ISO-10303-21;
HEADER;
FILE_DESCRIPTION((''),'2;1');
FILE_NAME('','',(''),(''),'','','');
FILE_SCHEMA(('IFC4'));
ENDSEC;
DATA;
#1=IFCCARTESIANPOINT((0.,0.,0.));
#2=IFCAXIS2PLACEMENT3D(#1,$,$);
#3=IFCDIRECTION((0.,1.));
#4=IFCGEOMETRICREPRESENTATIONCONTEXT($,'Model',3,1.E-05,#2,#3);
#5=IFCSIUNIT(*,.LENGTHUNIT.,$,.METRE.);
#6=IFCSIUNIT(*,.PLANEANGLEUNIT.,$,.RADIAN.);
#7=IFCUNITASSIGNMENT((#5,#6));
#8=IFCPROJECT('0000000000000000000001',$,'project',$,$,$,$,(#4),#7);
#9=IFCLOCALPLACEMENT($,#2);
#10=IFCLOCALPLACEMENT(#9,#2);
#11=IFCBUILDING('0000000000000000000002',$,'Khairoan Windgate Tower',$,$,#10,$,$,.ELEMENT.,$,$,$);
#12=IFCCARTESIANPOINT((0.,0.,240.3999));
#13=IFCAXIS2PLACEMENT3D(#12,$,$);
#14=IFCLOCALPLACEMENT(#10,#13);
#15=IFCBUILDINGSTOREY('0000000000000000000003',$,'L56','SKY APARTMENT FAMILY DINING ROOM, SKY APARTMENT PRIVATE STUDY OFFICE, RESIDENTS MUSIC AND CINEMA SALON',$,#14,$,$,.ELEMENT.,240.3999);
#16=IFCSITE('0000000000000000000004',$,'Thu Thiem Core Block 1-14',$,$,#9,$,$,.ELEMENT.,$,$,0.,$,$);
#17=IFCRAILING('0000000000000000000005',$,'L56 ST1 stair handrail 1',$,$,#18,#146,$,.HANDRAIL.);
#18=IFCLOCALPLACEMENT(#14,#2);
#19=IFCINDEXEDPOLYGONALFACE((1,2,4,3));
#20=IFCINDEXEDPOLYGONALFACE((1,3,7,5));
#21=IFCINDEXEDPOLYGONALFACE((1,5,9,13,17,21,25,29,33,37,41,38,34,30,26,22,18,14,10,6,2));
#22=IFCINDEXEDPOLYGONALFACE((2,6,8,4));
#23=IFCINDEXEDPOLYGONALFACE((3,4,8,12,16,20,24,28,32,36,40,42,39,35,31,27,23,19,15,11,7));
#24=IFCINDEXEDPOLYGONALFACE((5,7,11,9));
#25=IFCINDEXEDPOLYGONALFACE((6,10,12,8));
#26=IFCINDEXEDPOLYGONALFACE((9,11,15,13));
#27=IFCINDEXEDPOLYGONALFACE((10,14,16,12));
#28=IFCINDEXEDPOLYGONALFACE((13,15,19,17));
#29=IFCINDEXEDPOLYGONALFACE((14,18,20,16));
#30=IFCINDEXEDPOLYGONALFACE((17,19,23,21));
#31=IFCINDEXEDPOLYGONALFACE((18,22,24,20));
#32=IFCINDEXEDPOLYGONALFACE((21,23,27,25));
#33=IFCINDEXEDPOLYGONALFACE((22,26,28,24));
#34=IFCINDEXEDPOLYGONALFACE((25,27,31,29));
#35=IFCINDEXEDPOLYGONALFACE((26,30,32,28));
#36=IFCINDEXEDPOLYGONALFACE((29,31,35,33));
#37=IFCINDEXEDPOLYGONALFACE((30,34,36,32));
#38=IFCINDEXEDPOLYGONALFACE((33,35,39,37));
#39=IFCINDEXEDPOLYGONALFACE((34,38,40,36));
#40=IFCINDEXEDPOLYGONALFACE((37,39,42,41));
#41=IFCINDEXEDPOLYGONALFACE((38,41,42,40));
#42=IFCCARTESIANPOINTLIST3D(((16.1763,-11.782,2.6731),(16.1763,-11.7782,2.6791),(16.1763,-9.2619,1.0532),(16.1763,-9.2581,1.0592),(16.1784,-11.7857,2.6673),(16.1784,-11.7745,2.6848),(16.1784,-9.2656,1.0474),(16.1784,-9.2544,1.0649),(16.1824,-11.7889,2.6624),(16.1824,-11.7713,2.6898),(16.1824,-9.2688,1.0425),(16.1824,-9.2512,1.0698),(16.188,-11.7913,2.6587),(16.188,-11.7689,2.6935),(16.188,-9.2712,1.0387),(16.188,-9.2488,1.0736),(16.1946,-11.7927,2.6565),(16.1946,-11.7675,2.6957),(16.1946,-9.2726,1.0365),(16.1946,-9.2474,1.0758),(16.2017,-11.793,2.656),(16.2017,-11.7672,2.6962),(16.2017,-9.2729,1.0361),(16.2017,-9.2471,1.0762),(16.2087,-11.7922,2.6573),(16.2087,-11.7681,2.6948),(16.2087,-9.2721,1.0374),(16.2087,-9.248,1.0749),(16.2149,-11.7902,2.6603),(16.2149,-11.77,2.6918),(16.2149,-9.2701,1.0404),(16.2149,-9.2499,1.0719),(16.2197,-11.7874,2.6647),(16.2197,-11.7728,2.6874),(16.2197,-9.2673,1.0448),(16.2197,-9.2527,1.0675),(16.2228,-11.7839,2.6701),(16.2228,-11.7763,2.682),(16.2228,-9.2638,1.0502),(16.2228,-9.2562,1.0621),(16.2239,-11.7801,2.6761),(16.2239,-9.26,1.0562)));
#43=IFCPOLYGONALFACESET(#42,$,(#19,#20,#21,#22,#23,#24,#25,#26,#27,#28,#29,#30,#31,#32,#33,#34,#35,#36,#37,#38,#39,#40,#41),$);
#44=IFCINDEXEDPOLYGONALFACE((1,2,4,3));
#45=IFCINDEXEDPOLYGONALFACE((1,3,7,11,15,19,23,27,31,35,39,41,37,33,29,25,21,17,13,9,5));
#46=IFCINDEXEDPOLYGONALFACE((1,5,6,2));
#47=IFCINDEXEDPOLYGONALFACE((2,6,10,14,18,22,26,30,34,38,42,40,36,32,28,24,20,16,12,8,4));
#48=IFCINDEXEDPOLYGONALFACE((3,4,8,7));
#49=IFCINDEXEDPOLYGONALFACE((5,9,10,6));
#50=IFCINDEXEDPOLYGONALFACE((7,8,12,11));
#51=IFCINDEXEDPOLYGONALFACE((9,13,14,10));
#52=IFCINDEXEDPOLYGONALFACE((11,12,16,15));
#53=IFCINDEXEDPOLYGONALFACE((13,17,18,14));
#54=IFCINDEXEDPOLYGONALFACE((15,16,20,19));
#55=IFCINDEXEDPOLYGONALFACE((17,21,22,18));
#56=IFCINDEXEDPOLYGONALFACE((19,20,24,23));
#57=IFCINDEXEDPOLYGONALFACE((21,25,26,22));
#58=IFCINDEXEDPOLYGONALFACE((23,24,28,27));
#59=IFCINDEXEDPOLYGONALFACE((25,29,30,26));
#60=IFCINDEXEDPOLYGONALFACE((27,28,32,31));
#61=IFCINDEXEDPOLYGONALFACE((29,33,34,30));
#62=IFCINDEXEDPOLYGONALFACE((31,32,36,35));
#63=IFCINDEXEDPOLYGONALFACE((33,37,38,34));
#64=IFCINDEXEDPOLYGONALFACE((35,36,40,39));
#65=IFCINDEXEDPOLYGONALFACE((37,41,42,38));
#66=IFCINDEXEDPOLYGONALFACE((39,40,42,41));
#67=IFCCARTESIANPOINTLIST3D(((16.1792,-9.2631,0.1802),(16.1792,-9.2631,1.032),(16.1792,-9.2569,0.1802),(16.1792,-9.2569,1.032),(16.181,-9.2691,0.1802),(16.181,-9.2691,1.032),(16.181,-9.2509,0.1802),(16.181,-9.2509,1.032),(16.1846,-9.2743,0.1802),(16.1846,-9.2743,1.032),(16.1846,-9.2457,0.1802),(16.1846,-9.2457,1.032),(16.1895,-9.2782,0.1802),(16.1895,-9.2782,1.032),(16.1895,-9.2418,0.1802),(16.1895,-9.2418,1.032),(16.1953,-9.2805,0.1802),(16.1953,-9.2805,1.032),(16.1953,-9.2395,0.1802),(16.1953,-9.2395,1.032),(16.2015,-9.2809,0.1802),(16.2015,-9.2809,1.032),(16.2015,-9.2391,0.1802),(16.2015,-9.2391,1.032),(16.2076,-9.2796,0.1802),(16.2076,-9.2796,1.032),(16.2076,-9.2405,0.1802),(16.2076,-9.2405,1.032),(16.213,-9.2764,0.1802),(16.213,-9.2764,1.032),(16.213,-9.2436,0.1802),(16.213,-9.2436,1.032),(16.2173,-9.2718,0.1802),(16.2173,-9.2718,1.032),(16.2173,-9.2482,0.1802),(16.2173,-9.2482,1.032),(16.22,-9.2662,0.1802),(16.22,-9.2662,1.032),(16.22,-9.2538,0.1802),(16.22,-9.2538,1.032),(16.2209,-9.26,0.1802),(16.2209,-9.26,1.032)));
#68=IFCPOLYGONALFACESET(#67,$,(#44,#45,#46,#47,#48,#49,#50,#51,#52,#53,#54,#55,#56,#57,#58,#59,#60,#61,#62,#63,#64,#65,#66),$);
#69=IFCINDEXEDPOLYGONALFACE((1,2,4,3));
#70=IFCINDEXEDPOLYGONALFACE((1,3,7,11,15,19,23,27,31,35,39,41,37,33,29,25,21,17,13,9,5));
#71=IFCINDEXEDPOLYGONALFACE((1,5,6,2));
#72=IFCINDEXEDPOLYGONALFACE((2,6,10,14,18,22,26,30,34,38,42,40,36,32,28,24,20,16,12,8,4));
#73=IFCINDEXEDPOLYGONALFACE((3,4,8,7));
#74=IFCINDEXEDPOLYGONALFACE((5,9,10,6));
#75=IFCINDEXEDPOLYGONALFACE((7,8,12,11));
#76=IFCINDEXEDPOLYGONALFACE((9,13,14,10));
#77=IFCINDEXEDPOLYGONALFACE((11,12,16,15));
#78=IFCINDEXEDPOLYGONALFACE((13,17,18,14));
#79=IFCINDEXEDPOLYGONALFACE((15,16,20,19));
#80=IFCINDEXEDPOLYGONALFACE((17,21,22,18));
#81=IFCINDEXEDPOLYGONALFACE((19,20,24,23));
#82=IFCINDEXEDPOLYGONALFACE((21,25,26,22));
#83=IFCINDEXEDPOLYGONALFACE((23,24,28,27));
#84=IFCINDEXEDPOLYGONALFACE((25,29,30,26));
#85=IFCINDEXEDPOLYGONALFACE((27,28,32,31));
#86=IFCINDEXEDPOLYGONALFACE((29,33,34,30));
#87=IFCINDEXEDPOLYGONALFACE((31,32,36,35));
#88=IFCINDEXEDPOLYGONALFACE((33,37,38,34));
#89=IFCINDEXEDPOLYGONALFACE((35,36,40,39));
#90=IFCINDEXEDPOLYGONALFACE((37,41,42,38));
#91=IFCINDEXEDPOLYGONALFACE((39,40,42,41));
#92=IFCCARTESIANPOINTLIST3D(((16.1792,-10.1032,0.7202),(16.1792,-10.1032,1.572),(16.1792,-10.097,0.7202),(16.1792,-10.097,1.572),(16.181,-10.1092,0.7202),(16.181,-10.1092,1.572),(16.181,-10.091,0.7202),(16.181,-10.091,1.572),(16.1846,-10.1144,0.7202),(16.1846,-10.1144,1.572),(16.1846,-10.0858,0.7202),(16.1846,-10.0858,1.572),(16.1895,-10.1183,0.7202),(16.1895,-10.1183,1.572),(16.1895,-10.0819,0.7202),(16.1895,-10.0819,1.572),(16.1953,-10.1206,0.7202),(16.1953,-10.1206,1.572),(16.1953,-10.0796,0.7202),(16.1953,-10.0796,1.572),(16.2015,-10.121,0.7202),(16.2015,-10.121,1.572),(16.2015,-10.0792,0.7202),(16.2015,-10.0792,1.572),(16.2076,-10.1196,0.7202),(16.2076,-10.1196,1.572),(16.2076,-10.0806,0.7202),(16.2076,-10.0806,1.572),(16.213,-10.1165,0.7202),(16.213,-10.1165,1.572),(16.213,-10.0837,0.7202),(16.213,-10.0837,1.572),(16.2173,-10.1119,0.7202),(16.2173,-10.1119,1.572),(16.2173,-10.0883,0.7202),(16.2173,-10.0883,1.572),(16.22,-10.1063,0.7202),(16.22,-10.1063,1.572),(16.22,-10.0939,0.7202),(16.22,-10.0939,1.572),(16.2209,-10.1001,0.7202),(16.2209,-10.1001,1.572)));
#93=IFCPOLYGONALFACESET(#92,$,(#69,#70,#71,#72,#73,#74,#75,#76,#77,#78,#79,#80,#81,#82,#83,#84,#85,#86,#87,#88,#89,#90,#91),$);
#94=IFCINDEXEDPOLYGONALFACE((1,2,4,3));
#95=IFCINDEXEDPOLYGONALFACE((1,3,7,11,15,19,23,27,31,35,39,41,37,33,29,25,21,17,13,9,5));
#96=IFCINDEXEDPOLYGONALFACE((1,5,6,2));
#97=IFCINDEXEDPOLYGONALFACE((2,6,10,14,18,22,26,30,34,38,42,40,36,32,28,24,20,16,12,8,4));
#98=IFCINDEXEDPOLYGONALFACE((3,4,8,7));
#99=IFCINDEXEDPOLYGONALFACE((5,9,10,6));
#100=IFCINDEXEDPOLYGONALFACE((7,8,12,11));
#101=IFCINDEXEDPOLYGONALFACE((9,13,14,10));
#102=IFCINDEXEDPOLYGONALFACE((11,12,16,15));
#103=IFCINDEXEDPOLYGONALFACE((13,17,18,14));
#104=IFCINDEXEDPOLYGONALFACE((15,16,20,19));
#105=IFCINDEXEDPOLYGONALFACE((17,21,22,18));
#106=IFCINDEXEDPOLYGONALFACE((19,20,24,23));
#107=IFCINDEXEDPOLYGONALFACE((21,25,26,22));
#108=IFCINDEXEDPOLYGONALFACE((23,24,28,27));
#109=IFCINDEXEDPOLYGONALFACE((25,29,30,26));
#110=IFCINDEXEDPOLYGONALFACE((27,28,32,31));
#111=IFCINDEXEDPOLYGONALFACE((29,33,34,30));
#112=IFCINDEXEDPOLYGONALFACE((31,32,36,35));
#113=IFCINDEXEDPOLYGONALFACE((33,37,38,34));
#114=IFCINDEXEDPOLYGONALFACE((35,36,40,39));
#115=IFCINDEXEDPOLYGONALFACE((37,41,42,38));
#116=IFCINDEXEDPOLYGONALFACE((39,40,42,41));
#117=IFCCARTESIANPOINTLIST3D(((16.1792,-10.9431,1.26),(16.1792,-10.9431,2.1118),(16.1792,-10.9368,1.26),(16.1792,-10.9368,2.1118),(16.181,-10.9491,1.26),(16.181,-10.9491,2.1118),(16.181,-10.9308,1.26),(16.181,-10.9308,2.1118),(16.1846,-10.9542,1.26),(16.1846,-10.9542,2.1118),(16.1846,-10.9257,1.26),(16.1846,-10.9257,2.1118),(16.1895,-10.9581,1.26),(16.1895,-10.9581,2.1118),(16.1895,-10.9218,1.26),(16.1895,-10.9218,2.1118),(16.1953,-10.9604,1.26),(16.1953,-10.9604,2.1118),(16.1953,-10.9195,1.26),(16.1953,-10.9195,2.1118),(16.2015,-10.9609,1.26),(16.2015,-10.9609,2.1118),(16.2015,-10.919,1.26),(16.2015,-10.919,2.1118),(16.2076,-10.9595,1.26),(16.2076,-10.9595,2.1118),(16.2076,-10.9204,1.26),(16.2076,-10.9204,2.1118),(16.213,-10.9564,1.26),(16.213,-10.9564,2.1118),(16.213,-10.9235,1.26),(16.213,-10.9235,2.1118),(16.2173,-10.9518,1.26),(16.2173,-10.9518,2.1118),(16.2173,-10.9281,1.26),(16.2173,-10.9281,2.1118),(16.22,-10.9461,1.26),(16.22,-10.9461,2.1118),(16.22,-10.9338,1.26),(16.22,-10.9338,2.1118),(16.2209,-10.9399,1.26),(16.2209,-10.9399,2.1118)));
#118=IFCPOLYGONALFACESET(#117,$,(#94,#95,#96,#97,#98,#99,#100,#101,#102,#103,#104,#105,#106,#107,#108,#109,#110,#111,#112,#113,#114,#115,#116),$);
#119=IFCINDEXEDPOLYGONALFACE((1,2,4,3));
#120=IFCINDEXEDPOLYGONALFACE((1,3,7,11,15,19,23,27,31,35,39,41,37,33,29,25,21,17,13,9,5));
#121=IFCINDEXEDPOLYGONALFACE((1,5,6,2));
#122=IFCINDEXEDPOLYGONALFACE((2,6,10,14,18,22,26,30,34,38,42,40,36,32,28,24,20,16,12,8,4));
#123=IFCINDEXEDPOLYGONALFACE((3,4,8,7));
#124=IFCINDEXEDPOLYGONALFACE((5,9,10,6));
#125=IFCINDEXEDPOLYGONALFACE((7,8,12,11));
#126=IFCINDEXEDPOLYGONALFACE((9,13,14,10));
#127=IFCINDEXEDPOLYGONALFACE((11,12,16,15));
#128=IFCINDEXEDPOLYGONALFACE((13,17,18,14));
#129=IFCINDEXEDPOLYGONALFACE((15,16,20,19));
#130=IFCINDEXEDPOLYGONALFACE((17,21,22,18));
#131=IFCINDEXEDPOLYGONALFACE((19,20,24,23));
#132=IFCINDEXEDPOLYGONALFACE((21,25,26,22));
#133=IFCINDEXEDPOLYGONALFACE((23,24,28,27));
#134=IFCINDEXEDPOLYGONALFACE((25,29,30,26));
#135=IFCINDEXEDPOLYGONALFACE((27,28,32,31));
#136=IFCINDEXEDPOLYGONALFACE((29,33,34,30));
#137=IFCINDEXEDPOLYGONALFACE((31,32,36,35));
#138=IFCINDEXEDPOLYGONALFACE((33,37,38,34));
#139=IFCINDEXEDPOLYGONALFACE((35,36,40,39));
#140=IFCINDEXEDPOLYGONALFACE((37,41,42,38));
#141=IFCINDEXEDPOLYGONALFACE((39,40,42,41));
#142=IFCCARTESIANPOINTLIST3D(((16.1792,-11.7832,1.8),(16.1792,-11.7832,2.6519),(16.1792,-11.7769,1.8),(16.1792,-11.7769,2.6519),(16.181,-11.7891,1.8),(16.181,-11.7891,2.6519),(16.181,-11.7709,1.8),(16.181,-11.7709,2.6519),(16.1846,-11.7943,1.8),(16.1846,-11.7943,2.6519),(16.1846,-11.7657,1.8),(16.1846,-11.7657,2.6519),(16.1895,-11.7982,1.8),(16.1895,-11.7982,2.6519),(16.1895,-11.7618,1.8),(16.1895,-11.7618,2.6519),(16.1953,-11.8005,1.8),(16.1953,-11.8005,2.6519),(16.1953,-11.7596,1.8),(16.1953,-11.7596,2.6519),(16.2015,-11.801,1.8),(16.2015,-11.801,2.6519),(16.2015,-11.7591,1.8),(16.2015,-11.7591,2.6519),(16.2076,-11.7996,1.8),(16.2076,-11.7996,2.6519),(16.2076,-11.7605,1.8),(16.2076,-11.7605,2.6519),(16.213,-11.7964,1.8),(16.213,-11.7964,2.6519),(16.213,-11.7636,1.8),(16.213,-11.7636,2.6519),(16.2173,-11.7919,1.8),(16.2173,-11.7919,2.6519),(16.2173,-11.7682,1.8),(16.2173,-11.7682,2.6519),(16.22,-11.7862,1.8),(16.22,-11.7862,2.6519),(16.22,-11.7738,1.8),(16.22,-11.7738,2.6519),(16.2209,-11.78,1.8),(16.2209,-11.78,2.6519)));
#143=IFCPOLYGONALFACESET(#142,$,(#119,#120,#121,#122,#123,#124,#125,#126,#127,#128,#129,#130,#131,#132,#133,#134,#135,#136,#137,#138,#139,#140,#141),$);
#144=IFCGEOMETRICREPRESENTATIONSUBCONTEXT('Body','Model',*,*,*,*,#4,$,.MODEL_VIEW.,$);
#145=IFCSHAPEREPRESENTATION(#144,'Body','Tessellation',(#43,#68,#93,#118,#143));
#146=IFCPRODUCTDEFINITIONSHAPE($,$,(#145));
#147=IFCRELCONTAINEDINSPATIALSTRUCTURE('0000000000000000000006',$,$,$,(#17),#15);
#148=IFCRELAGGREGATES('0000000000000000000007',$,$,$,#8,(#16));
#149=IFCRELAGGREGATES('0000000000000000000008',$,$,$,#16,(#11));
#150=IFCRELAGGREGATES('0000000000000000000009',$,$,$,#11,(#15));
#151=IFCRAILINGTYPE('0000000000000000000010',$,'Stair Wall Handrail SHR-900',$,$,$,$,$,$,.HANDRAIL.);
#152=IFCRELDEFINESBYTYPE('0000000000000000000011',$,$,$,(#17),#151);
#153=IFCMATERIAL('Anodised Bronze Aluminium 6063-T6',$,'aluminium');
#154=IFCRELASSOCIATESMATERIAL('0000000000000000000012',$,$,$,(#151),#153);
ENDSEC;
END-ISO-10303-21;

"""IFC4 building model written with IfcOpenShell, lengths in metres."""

from ifc_helpers import new_model, si_unit, direction, frame, origin, origin_2d, place, context, subcontext, project, spatial, circle, extrude, material, type_object, element, save


model = new_model("IFC4")

# Units and contexts
model_context = context("Model", 3, precision=1e-05, world=origin(), true_north=direction((0.0, 1.0)))
body_context = subcontext(model_context, "Body", "Model", "MODEL_VIEW")
ifc_project = project(units=[si_unit("LENGTHUNIT", "METRE"), si_unit("PLANEANGLEUNIT", "RADIAN")], contexts=[model_context])

# Site, building, storey
site_placement = place(None, origin())
site = spatial("IfcSite", under=ifc_project, at=site_placement, Name="Thu Thiem Core Block 1-14", CompositionType="ELEMENT", RefElevation=0.0)
building_placement = place(site_placement, origin())
building = spatial("IfcBuilding", under=site, at=building_placement, Name="Khairoan Windgate Tower", CompositionType="ELEMENT")
storey_placement = place(building_placement, frame((0.0, 0.0, 240.3999)))
storey = spatial("IfcBuildingStorey", under=building, at=storey_placement, Name="L56", Description="SKY APARTMENT FAMILY DINING ROOM, SKY APARTMENT PRIVATE STUDY OFFICE, RESIDENTS MUSIC AND CINEMA SALON", CompositionType="ELEMENT", Elevation=240.3999)

# Railing
ifc_material_1 = material(Name="Anodised Bronze Aluminium 6063-T6", Category="aluminium")
railing_type_1 = type_object("IfcRailingType", Name="Stair Wall Handrail SHR-900", PredefinedType="HANDRAIL", material=ifc_material_1)
railing_1_placement = place(storey_placement, frame((16.2, -9.26, 0.1802)))
element("IfcRailing", 1, at=railing_1_placement, inside=storey, type_object=railing_type_1, Name="L56 ST1 stair handrail 1", PredefinedType="HANDRAIL", context=body_context, shape_type="SweptSolid", body=[
    extrude(circle(Radius=0.0239, at=origin_2d()), frame((0.0, 0.0, 0.876), z_axis=(0.0, -0.8412, 0.540725), x_axis=(1.0, 0.0, 0.0)), (0.0, 0.0, 1.0), 2.9958),
    extrude(circle(Radius=0.021, at=origin_2d()), origin(), (0.0, 0.0, 1.0), 0.8518),
    extrude(circle(Radius=0.021, at=origin_2d()), frame((0.0, -0.8401, 0.54)), (0.0, 0.0, 1.0), 0.8518),
    extrude(circle(Radius=0.021, at=origin_2d()), frame((0.0, -1.6799, 1.0798)), (0.0, 0.0, 1.0), 0.8518),
    extrude(circle(Radius=0.021, at=origin_2d()), frame((0.0, -2.52, 1.6199)), (0.0, 0.0, 1.0), 0.8518),
])

save(model, "model.ifc")
